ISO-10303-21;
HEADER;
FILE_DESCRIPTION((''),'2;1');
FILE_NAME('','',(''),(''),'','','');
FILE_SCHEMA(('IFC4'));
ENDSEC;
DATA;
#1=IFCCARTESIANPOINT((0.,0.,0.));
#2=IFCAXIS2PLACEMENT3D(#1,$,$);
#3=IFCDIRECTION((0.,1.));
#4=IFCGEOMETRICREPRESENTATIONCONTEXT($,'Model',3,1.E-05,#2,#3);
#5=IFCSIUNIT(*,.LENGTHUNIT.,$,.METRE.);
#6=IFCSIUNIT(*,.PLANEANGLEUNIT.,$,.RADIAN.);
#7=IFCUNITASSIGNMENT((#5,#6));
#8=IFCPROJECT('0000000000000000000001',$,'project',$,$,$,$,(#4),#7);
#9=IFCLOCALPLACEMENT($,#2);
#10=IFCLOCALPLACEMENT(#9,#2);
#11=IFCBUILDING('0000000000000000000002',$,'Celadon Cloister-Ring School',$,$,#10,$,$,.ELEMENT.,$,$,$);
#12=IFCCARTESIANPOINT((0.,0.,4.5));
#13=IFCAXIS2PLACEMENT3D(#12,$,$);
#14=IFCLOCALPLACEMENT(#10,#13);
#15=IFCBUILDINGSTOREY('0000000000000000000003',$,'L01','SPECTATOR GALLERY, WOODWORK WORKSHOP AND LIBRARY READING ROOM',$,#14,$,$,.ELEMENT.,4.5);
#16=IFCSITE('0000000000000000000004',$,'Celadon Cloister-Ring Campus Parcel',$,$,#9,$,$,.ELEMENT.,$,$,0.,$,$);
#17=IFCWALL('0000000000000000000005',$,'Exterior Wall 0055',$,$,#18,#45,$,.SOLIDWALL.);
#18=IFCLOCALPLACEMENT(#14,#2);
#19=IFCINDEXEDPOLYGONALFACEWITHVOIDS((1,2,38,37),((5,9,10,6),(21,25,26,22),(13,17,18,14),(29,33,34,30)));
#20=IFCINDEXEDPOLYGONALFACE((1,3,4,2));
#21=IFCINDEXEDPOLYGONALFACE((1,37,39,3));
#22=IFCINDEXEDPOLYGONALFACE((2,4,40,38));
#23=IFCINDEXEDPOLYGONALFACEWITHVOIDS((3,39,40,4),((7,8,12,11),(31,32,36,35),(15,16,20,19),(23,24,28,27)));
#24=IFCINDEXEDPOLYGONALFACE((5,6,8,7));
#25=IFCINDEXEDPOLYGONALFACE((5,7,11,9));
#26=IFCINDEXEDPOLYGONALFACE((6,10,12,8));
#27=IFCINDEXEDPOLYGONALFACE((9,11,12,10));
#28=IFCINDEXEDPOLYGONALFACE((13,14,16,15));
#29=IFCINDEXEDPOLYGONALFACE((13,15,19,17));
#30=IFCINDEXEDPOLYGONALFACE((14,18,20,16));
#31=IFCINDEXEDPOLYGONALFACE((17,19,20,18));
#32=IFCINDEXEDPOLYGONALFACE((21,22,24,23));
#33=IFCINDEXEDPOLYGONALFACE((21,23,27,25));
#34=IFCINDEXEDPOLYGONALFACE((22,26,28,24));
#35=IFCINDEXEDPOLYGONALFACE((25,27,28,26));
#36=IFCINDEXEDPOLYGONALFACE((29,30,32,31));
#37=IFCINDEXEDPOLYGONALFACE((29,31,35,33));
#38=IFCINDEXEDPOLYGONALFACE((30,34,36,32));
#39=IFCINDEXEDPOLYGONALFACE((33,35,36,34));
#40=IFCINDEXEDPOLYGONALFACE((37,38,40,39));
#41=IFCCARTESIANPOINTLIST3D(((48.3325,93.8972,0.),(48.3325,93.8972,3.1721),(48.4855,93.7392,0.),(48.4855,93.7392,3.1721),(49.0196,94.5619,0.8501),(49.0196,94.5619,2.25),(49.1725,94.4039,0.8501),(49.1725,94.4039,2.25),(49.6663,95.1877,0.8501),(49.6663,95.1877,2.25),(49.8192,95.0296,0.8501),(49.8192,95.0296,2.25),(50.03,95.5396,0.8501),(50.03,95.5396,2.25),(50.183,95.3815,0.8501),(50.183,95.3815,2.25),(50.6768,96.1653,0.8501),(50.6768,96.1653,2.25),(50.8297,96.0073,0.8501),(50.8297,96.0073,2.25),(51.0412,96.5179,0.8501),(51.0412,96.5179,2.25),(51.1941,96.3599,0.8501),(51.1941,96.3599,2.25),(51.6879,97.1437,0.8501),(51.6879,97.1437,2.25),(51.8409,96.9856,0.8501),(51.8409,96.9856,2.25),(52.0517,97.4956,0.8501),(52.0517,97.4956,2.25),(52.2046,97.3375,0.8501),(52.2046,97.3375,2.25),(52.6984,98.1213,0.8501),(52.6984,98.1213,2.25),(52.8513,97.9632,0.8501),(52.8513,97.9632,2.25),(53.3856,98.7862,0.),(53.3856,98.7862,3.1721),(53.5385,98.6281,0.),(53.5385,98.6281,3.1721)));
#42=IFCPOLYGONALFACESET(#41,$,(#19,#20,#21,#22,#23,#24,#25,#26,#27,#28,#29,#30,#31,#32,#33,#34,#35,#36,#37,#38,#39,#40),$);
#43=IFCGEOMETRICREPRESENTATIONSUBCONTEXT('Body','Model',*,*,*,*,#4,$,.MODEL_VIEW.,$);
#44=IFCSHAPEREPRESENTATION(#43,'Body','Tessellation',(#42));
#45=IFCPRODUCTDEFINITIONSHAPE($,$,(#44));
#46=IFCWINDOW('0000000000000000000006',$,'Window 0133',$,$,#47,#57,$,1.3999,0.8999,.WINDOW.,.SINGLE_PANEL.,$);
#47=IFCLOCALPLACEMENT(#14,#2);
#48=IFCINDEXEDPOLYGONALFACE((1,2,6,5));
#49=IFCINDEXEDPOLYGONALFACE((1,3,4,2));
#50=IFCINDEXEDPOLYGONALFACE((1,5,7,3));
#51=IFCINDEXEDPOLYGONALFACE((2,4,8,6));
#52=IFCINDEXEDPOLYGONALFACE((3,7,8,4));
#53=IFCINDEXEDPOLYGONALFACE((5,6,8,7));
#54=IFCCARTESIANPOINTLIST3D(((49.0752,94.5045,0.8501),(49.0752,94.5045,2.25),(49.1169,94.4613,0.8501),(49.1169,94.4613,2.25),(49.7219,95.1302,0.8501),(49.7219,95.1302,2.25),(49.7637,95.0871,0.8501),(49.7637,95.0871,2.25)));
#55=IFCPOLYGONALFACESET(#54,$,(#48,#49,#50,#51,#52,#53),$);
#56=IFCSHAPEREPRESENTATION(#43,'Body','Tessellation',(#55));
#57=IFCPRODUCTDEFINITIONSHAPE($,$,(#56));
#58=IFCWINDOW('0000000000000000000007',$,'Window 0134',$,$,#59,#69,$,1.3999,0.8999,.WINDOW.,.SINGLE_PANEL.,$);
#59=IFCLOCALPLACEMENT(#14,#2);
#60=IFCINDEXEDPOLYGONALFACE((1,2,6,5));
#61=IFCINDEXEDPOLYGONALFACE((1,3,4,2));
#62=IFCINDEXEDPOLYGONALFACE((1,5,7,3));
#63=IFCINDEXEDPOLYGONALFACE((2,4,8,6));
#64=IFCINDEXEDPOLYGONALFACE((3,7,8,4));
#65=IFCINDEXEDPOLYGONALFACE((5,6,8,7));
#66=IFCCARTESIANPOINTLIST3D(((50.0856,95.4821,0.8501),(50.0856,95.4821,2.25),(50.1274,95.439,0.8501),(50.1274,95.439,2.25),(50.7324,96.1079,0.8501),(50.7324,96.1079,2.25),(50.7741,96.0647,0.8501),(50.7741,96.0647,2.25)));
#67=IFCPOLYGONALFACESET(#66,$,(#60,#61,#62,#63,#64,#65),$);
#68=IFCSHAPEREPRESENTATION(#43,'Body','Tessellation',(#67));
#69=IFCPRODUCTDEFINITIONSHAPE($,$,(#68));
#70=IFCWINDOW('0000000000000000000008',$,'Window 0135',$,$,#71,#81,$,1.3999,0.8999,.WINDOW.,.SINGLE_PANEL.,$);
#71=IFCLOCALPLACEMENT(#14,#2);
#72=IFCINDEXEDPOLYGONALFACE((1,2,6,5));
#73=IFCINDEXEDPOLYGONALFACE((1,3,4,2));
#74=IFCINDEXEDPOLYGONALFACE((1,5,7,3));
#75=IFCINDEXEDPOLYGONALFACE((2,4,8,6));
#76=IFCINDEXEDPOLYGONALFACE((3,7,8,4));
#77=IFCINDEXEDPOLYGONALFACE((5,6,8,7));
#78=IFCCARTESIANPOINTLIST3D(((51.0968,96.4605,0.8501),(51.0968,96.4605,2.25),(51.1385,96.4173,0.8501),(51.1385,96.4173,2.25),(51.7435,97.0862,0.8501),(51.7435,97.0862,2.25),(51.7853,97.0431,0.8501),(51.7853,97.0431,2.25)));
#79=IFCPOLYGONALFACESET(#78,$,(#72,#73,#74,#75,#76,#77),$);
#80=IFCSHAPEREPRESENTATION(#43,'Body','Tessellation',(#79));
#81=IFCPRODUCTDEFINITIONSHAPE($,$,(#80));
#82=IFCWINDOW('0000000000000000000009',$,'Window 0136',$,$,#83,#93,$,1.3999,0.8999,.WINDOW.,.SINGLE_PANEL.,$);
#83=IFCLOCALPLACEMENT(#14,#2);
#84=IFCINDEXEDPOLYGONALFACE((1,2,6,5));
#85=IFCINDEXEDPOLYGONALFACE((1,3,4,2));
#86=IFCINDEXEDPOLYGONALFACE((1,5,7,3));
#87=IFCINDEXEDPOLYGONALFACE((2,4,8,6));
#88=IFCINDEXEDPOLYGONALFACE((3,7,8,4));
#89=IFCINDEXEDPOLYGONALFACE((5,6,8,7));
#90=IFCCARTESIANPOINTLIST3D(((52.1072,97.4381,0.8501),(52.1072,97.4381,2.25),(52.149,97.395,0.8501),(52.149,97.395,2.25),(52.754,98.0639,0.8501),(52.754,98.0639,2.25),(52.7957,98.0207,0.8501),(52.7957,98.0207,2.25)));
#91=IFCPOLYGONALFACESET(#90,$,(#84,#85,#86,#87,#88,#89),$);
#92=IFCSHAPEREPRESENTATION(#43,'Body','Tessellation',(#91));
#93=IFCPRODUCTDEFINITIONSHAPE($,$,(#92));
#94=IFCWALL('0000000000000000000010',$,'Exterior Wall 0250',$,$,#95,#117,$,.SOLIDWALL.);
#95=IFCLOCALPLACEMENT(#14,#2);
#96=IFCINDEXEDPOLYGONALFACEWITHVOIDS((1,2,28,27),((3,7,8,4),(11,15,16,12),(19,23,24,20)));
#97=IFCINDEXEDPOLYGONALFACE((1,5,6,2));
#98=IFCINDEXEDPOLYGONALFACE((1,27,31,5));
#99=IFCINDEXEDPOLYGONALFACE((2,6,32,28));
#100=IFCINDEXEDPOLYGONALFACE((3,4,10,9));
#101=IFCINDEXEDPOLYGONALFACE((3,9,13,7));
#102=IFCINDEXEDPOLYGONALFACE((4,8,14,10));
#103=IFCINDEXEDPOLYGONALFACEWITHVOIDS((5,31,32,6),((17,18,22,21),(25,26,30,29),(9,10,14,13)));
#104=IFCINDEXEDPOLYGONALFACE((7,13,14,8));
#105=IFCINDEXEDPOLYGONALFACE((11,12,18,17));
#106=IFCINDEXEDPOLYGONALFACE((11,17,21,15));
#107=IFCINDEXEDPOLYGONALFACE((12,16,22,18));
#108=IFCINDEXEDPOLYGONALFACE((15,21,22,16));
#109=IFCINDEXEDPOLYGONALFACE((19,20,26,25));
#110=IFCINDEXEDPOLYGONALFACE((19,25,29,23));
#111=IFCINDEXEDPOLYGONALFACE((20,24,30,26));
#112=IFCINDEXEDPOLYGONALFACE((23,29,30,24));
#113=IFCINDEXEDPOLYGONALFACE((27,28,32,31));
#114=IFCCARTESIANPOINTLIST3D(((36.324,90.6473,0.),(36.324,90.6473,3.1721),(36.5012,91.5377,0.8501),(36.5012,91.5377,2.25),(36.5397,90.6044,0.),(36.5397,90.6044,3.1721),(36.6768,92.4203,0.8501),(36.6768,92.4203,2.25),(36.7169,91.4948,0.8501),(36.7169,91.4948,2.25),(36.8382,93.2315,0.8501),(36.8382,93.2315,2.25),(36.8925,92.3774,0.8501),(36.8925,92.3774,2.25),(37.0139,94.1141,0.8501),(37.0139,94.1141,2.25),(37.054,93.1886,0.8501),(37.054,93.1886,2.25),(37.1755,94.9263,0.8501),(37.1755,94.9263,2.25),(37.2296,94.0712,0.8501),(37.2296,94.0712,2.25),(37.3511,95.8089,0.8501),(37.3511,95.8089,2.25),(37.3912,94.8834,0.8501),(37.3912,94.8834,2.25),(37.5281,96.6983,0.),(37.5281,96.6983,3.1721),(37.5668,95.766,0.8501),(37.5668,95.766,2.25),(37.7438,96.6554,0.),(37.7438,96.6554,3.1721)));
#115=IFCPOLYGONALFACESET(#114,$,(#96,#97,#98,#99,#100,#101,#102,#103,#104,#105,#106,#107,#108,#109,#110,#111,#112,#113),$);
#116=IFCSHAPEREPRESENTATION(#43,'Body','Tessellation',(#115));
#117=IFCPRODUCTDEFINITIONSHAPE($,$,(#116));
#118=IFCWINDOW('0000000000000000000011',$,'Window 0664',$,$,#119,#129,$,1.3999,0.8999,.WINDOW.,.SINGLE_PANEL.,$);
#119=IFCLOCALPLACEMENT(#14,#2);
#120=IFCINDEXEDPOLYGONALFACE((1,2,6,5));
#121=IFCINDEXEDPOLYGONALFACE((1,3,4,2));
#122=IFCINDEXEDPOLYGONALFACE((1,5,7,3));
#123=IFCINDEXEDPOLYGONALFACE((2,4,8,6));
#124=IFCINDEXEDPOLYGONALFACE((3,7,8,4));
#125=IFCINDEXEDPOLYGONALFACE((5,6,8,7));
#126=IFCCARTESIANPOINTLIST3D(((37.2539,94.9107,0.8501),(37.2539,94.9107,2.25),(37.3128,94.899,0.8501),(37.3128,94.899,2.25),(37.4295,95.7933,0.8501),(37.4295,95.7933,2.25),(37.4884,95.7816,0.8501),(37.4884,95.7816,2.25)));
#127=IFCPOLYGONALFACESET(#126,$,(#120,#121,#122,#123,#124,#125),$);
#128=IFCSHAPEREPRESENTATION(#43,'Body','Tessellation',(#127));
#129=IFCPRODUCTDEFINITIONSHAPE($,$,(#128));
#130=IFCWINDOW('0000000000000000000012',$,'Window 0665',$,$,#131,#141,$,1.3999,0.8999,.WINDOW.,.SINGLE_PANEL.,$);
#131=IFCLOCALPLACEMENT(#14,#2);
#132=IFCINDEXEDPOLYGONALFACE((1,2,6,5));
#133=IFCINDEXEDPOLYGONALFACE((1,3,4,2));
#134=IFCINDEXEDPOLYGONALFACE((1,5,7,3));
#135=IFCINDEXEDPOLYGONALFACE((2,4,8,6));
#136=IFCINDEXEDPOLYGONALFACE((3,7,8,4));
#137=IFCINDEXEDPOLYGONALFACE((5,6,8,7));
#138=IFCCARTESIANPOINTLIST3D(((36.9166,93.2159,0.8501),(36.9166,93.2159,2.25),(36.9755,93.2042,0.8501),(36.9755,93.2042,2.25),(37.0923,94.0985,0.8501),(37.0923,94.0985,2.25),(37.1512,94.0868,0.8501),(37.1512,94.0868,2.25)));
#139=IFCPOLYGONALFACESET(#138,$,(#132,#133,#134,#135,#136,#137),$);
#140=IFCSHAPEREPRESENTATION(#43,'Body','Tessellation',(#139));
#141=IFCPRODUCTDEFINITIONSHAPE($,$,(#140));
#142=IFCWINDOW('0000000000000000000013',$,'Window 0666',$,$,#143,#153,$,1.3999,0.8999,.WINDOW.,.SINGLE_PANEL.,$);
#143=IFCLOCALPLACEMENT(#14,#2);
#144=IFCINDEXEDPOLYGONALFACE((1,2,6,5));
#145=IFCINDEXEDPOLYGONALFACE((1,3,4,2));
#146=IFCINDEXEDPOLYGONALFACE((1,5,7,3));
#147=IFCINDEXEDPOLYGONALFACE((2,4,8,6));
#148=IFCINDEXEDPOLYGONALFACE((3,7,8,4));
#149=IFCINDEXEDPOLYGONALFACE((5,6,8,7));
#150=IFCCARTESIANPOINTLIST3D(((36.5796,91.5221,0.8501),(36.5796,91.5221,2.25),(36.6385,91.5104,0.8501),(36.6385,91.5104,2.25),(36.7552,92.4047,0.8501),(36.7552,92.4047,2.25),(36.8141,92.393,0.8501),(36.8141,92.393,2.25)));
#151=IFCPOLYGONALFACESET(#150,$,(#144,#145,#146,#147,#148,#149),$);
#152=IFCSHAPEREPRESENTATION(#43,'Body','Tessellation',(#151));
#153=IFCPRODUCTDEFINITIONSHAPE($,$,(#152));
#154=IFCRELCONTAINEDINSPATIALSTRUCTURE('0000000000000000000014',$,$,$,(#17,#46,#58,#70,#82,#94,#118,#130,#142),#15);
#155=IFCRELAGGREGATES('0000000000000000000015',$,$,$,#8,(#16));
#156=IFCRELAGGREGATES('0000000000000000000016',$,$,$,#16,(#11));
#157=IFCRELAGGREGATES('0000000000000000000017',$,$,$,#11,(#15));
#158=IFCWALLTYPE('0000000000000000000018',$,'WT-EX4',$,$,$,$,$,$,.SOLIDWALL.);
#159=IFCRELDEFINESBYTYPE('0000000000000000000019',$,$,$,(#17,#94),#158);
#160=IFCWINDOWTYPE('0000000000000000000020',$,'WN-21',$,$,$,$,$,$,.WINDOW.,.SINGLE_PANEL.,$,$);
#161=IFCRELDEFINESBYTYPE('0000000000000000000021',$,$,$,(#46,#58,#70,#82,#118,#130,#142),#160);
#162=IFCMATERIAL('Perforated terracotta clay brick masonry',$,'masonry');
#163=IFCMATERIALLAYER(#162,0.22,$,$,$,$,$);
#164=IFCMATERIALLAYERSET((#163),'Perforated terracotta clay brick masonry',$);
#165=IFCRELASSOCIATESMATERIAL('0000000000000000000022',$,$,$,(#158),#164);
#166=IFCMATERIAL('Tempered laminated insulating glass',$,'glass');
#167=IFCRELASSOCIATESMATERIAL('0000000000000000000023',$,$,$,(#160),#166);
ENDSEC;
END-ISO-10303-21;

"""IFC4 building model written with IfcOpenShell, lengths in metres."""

from ifc_helpers import new_model, si_unit, direction, frame, frame_2d, origin, place, context, subcontext, project, spatial, rectangle, extrude, material, layer, layer_set, type_object, element, fill, save


model = new_model("IFC4")

# Units and contexts
model_context = context("Model", 3, precision=1e-05, world=origin(), true_north=direction((0.0, 1.0)))
body_context = subcontext(model_context, "Body", "Model", "MODEL_VIEW")
ifc_project = project(units=[si_unit("LENGTHUNIT", "METRE"), si_unit("PLANEANGLEUNIT", "RADIAN")], contexts=[model_context])

# Site, building, storey
site_placement = place(None, origin())
site = spatial("IfcSite", under=ifc_project, at=site_placement, Name="Celadon Cloister-Ring Campus Parcel", CompositionType="ELEMENT", RefElevation=0.0)
building_placement = place(site_placement, origin())
building = spatial("IfcBuilding", under=site, at=building_placement, Name="Celadon Cloister-Ring School", CompositionType="ELEMENT")
storey_placement = place(building_placement, frame((0.0, 0.0, 4.5)))
storey = spatial("IfcBuildingStorey", under=building, at=storey_placement, Name="L01", Description="SPECTATOR GALLERY, WOODWORK WORKSHOP AND LIBRARY READING ROOM", CompositionType="ELEMENT", Elevation=4.5)

# Walls, openings, windows
ifc_material_1 = material(Name="Perforated terracotta clay brick masonry", Category="masonry")
ifc_layer_1 = layer(ifc_material_1, 0.22)
ifc_layer_set_1 = layer_set([ifc_layer_1], Name="Perforated terracotta clay brick masonry")
wall_type = type_object("IfcWallType", Name="WT-EX4", PredefinedType="SOLIDWALL", material=ifc_layer_set_1)
wall_1_placement = place(storey_placement, frame((48.4089, 93.8181, 0.0), z_axis=(0.0, 0.0, 1.0), x_axis=(0.718678, 0.695343, 0.0)))
wall_1 = element("IfcWall", 1, at=wall_1_placement, inside=storey, type_object=wall_type, Name="Exterior Wall 0055", PredefinedType="SOLIDWALL", context=body_context, shape_type="SweptSolid", body=[
    extrude(rectangle(XDim=7.031, YDim=0.22, at=frame_2d((3.5156, 0.0))), origin(), (0.0, 0.0, 1.0), 3.1721),
])
opening_1_placement = place(wall_1_placement, frame((0.9561, 0.0, 0.8501)))
opening_1 = element("IfcOpeningElement", 2, at=opening_1_placement, cuts=wall_1, PredefinedType="OPENING", context=body_context, shape_type="SweptSolid", body=[
    extrude(rectangle(XDim=0.8999, YDim=1.3999, at=frame_2d((0.45, 0.7))), frame((0.0, 0.1201, 0.0), z_axis=(0.0, -1.0, 0.0), x_axis=(1.0, 0.0, 0.0)), (0.0, 0.0, 1.0), 0.24),
])
opening_2_placement = place(wall_1_placement, frame((2.3621, 0.0, 0.8501)))
opening_2 = element("IfcOpeningElement", 3, at=opening_2_placement, cuts=wall_1, PredefinedType="OPENING", context=body_context, shape_type="SweptSolid", body=[
    extrude(rectangle(XDim=0.8999, YDim=1.3999, at=frame_2d((0.45, 0.7))), frame((0.0, 0.1201, 0.0), z_axis=(0.0, -1.0, 0.0), x_axis=(1.0, 0.0, 0.0)), (0.0, 0.0, 1.0), 0.24),
])
opening_3_placement = place(wall_1_placement, frame((3.769, 0.0, 0.8501)))
opening_3 = element("IfcOpeningElement", 4, at=opening_3_placement, cuts=wall_1, PredefinedType="OPENING", context=body_context, shape_type="SweptSolid", body=[
    extrude(rectangle(XDim=0.8999, YDim=1.3999, at=frame_2d((0.45, 0.7))), frame((0.0, 0.1201, 0.0), z_axis=(0.0, -1.0, 0.0), x_axis=(1.0, 0.0, 0.0)), (0.0, 0.0, 1.0), 0.24),
])
opening_4_placement = place(wall_1_placement, frame((5.175, 0.0, 0.8501)))
opening_4 = element("IfcOpeningElement", 5, at=opening_4_placement, cuts=wall_1, PredefinedType="OPENING", context=body_context, shape_type="SweptSolid", body=[
    extrude(rectangle(XDim=0.8999, YDim=1.3999, at=frame_2d((0.45, 0.7))), frame((0.0, 0.1201, 0.0), z_axis=(0.0, -1.0, 0.0), x_axis=(1.0, 0.0, 0.0)), (0.0, 0.0, 1.0), 0.24),
])
ifc_material_2 = material(Name="Tempered laminated insulating glass", Category="glass")
window_type = type_object("IfcWindowType", Name="WN-21", PartitioningType="SINGLE_PANEL", PredefinedType="WINDOW", material=ifc_material_2)
window_1_placement = place(opening_1_placement, origin())
window_1 = element("IfcWindow", 6, at=window_1_placement, inside=storey, type_object=window_type, Name="Window 0133", OverallHeight=1.3999, OverallWidth=0.8999, PartitioningType="SINGLE_PANEL", PredefinedType="WINDOW", context=body_context, shape_type="SweptSolid", body=[
    extrude(rectangle(XDim=0.8999, YDim=1.3999, at=frame_2d((0.45, 0.7))), frame((0.0, 0.03, 0.0), z_axis=(0.0, -1.0, 0.0), x_axis=(1.0, 0.0, 0.0)), (0.0, 0.0, 1.0), 0.0601),
])
fill(opening_1, window_1)
window_2_placement = place(opening_2_placement, origin())
window_2 = element("IfcWindow", 7, at=window_2_placement, inside=storey, type_object=window_type, Name="Window 0134", OverallHeight=1.3999, OverallWidth=0.8999, PartitioningType="SINGLE_PANEL", PredefinedType="WINDOW", context=body_context, shape_type="SweptSolid", body=[
    extrude(rectangle(XDim=0.8999, YDim=1.3999, at=frame_2d((0.45, 0.7))), frame((0.0, 0.03, 0.0), z_axis=(0.0, -1.0, 0.0), x_axis=(1.0, 0.0, 0.0)), (0.0, 0.0, 1.0), 0.0601),
])
fill(opening_2, window_2)
window_3_placement = place(opening_3_placement, origin())
window_3 = element("IfcWindow", 8, at=window_3_placement, inside=storey, type_object=window_type, Name="Window 0135", OverallHeight=1.3999, OverallWidth=0.8999, PartitioningType="SINGLE_PANEL", PredefinedType="WINDOW", context=body_context, shape_type="SweptSolid", body=[
    extrude(rectangle(XDim=0.8999, YDim=1.3999, at=frame_2d((0.45, 0.7))), frame((0.0, 0.03, 0.0), z_axis=(0.0, -1.0, 0.0), x_axis=(1.0, 0.0, 0.0)), (0.0, 0.0, 1.0), 0.0601),
])
fill(opening_3, window_3)
window_4_placement = place(opening_4_placement, origin())
window_4 = element("IfcWindow", 9, at=window_4_placement, inside=storey, type_object=window_type, Name="Window 0136", OverallHeight=1.3999, OverallWidth=0.8999, PartitioningType="SINGLE_PANEL", PredefinedType="WINDOW", context=body_context, shape_type="SweptSolid", body=[
    extrude(rectangle(XDim=0.8999, YDim=1.3999, at=frame_2d((0.45, 0.7))), frame((0.0, 0.03, 0.0), z_axis=(0.0, -1.0, 0.0), x_axis=(1.0, 0.0, 0.0)), (0.0, 0.0, 1.0), 0.0601),
])
fill(opening_4, window_4)
wall_2_placement = place(storey_placement, frame((37.636, 96.677, 0.0), z_axis=(0.0, 0.0, 1.0), x_axis=(-0.195165, -0.98077, 0.0)))
wall_2 = element("IfcWall", 10, at=wall_2_placement, inside=storey, type_object=wall_type, Name="Exterior Wall 0250", PredefinedType="SOLIDWALL", context=body_context, shape_type="SweptSolid", body=[
    extrude(rectangle(XDim=6.1697, YDim=0.22, at=frame_2d((3.085, 0.0))), origin(), (0.0, 0.0, 1.0), 3.1721),
])
opening_5_placement = place(wall_2_placement, frame((0.907, 0.0, 0.8501)))
opening_5 = element("IfcOpeningElement", 11, at=opening_5_placement, cuts=wall_2, PredefinedType="OPENING", context=body_context, shape_type="SweptSolid", body=[
    extrude(rectangle(XDim=0.8999, YDim=1.3999, at=frame_2d((0.45, 0.7))), frame((0.0, 0.1201, 0.0), z_axis=(0.0, -1.0, 0.0), x_axis=(1.0, 0.0, 0.0)), (0.0, 0.0, 1.0), 0.24),
])
opening_6_placement = place(wall_2_placement, frame((2.635, 0.0, 0.8501)))
opening_6 = element("IfcOpeningElement", 12, at=opening_6_placement, cuts=wall_2, PredefinedType="OPENING", context=body_context, shape_type="SweptSolid", body=[
    extrude(rectangle(XDim=0.8999, YDim=1.3999, at=frame_2d((0.45, 0.7))), frame((0.0, 0.1201, 0.0), z_axis=(0.0, -1.0, 0.0), x_axis=(1.0, 0.0, 0.0)), (0.0, 0.0, 1.0), 0.24),
])
opening_7_placement = place(wall_2_placement, frame((4.3621, 0.0, 0.8501)))
opening_7 = element("IfcOpeningElement", 13, at=opening_7_placement, cuts=wall_2, PredefinedType="OPENING", context=body_context, shape_type="SweptSolid", body=[
    extrude(rectangle(XDim=0.8999, YDim=1.3999, at=frame_2d((0.45, 0.7))), frame((0.0, 0.1201, 0.0), z_axis=(0.0, -1.0, 0.0), x_axis=(1.0, 0.0, 0.0)), (0.0, 0.0, 1.0), 0.24),
])
window_5_placement = place(opening_5_placement, origin())
window_5 = element("IfcWindow", 14, at=window_5_placement, inside=storey, type_object=window_type, Name="Window 0664", OverallHeight=1.3999, OverallWidth=0.8999, PartitioningType="SINGLE_PANEL", PredefinedType="WINDOW", context=body_context, shape_type="SweptSolid", body=[
    extrude(rectangle(XDim=0.8999, YDim=1.3999, at=frame_2d((0.45, 0.7))), frame((0.0, 0.03, 0.0), z_axis=(0.0, -1.0, 0.0), x_axis=(1.0, 0.0, 0.0)), (0.0, 0.0, 1.0), 0.0601),
])
fill(opening_5, window_5)
window_6_placement = place(opening_6_placement, origin())
window_6 = element("IfcWindow", 15, at=window_6_placement, inside=storey, type_object=window_type, Name="Window 0665", OverallHeight=1.3999, OverallWidth=0.8999, PartitioningType="SINGLE_PANEL", PredefinedType="WINDOW", context=body_context, shape_type="SweptSolid", body=[
    extrude(rectangle(XDim=0.8999, YDim=1.3999, at=frame_2d((0.45, 0.7))), frame((0.0, 0.03, 0.0), z_axis=(0.0, -1.0, 0.0), x_axis=(1.0, 0.0, 0.0)), (0.0, 0.0, 1.0), 0.0601),
])
fill(opening_6, window_6)
window_7_placement = place(opening_7_placement, origin())
window_7 = element("IfcWindow", 16, at=window_7_placement, inside=storey, type_object=window_type, Name="Window 0666", OverallHeight=1.3999, OverallWidth=0.8999, PartitioningType="SINGLE_PANEL", PredefinedType="WINDOW", context=body_context, shape_type="SweptSolid", body=[
    extrude(rectangle(XDim=0.8999, YDim=1.3999, at=frame_2d((0.45, 0.7))), frame((0.0, 0.03, 0.0), z_axis=(0.0, -1.0, 0.0), x_axis=(1.0, 0.0, 0.0)), (0.0, 0.0, 1.0), 0.0601),
])
fill(opening_7, window_7)

save(model, "model.ifc")
